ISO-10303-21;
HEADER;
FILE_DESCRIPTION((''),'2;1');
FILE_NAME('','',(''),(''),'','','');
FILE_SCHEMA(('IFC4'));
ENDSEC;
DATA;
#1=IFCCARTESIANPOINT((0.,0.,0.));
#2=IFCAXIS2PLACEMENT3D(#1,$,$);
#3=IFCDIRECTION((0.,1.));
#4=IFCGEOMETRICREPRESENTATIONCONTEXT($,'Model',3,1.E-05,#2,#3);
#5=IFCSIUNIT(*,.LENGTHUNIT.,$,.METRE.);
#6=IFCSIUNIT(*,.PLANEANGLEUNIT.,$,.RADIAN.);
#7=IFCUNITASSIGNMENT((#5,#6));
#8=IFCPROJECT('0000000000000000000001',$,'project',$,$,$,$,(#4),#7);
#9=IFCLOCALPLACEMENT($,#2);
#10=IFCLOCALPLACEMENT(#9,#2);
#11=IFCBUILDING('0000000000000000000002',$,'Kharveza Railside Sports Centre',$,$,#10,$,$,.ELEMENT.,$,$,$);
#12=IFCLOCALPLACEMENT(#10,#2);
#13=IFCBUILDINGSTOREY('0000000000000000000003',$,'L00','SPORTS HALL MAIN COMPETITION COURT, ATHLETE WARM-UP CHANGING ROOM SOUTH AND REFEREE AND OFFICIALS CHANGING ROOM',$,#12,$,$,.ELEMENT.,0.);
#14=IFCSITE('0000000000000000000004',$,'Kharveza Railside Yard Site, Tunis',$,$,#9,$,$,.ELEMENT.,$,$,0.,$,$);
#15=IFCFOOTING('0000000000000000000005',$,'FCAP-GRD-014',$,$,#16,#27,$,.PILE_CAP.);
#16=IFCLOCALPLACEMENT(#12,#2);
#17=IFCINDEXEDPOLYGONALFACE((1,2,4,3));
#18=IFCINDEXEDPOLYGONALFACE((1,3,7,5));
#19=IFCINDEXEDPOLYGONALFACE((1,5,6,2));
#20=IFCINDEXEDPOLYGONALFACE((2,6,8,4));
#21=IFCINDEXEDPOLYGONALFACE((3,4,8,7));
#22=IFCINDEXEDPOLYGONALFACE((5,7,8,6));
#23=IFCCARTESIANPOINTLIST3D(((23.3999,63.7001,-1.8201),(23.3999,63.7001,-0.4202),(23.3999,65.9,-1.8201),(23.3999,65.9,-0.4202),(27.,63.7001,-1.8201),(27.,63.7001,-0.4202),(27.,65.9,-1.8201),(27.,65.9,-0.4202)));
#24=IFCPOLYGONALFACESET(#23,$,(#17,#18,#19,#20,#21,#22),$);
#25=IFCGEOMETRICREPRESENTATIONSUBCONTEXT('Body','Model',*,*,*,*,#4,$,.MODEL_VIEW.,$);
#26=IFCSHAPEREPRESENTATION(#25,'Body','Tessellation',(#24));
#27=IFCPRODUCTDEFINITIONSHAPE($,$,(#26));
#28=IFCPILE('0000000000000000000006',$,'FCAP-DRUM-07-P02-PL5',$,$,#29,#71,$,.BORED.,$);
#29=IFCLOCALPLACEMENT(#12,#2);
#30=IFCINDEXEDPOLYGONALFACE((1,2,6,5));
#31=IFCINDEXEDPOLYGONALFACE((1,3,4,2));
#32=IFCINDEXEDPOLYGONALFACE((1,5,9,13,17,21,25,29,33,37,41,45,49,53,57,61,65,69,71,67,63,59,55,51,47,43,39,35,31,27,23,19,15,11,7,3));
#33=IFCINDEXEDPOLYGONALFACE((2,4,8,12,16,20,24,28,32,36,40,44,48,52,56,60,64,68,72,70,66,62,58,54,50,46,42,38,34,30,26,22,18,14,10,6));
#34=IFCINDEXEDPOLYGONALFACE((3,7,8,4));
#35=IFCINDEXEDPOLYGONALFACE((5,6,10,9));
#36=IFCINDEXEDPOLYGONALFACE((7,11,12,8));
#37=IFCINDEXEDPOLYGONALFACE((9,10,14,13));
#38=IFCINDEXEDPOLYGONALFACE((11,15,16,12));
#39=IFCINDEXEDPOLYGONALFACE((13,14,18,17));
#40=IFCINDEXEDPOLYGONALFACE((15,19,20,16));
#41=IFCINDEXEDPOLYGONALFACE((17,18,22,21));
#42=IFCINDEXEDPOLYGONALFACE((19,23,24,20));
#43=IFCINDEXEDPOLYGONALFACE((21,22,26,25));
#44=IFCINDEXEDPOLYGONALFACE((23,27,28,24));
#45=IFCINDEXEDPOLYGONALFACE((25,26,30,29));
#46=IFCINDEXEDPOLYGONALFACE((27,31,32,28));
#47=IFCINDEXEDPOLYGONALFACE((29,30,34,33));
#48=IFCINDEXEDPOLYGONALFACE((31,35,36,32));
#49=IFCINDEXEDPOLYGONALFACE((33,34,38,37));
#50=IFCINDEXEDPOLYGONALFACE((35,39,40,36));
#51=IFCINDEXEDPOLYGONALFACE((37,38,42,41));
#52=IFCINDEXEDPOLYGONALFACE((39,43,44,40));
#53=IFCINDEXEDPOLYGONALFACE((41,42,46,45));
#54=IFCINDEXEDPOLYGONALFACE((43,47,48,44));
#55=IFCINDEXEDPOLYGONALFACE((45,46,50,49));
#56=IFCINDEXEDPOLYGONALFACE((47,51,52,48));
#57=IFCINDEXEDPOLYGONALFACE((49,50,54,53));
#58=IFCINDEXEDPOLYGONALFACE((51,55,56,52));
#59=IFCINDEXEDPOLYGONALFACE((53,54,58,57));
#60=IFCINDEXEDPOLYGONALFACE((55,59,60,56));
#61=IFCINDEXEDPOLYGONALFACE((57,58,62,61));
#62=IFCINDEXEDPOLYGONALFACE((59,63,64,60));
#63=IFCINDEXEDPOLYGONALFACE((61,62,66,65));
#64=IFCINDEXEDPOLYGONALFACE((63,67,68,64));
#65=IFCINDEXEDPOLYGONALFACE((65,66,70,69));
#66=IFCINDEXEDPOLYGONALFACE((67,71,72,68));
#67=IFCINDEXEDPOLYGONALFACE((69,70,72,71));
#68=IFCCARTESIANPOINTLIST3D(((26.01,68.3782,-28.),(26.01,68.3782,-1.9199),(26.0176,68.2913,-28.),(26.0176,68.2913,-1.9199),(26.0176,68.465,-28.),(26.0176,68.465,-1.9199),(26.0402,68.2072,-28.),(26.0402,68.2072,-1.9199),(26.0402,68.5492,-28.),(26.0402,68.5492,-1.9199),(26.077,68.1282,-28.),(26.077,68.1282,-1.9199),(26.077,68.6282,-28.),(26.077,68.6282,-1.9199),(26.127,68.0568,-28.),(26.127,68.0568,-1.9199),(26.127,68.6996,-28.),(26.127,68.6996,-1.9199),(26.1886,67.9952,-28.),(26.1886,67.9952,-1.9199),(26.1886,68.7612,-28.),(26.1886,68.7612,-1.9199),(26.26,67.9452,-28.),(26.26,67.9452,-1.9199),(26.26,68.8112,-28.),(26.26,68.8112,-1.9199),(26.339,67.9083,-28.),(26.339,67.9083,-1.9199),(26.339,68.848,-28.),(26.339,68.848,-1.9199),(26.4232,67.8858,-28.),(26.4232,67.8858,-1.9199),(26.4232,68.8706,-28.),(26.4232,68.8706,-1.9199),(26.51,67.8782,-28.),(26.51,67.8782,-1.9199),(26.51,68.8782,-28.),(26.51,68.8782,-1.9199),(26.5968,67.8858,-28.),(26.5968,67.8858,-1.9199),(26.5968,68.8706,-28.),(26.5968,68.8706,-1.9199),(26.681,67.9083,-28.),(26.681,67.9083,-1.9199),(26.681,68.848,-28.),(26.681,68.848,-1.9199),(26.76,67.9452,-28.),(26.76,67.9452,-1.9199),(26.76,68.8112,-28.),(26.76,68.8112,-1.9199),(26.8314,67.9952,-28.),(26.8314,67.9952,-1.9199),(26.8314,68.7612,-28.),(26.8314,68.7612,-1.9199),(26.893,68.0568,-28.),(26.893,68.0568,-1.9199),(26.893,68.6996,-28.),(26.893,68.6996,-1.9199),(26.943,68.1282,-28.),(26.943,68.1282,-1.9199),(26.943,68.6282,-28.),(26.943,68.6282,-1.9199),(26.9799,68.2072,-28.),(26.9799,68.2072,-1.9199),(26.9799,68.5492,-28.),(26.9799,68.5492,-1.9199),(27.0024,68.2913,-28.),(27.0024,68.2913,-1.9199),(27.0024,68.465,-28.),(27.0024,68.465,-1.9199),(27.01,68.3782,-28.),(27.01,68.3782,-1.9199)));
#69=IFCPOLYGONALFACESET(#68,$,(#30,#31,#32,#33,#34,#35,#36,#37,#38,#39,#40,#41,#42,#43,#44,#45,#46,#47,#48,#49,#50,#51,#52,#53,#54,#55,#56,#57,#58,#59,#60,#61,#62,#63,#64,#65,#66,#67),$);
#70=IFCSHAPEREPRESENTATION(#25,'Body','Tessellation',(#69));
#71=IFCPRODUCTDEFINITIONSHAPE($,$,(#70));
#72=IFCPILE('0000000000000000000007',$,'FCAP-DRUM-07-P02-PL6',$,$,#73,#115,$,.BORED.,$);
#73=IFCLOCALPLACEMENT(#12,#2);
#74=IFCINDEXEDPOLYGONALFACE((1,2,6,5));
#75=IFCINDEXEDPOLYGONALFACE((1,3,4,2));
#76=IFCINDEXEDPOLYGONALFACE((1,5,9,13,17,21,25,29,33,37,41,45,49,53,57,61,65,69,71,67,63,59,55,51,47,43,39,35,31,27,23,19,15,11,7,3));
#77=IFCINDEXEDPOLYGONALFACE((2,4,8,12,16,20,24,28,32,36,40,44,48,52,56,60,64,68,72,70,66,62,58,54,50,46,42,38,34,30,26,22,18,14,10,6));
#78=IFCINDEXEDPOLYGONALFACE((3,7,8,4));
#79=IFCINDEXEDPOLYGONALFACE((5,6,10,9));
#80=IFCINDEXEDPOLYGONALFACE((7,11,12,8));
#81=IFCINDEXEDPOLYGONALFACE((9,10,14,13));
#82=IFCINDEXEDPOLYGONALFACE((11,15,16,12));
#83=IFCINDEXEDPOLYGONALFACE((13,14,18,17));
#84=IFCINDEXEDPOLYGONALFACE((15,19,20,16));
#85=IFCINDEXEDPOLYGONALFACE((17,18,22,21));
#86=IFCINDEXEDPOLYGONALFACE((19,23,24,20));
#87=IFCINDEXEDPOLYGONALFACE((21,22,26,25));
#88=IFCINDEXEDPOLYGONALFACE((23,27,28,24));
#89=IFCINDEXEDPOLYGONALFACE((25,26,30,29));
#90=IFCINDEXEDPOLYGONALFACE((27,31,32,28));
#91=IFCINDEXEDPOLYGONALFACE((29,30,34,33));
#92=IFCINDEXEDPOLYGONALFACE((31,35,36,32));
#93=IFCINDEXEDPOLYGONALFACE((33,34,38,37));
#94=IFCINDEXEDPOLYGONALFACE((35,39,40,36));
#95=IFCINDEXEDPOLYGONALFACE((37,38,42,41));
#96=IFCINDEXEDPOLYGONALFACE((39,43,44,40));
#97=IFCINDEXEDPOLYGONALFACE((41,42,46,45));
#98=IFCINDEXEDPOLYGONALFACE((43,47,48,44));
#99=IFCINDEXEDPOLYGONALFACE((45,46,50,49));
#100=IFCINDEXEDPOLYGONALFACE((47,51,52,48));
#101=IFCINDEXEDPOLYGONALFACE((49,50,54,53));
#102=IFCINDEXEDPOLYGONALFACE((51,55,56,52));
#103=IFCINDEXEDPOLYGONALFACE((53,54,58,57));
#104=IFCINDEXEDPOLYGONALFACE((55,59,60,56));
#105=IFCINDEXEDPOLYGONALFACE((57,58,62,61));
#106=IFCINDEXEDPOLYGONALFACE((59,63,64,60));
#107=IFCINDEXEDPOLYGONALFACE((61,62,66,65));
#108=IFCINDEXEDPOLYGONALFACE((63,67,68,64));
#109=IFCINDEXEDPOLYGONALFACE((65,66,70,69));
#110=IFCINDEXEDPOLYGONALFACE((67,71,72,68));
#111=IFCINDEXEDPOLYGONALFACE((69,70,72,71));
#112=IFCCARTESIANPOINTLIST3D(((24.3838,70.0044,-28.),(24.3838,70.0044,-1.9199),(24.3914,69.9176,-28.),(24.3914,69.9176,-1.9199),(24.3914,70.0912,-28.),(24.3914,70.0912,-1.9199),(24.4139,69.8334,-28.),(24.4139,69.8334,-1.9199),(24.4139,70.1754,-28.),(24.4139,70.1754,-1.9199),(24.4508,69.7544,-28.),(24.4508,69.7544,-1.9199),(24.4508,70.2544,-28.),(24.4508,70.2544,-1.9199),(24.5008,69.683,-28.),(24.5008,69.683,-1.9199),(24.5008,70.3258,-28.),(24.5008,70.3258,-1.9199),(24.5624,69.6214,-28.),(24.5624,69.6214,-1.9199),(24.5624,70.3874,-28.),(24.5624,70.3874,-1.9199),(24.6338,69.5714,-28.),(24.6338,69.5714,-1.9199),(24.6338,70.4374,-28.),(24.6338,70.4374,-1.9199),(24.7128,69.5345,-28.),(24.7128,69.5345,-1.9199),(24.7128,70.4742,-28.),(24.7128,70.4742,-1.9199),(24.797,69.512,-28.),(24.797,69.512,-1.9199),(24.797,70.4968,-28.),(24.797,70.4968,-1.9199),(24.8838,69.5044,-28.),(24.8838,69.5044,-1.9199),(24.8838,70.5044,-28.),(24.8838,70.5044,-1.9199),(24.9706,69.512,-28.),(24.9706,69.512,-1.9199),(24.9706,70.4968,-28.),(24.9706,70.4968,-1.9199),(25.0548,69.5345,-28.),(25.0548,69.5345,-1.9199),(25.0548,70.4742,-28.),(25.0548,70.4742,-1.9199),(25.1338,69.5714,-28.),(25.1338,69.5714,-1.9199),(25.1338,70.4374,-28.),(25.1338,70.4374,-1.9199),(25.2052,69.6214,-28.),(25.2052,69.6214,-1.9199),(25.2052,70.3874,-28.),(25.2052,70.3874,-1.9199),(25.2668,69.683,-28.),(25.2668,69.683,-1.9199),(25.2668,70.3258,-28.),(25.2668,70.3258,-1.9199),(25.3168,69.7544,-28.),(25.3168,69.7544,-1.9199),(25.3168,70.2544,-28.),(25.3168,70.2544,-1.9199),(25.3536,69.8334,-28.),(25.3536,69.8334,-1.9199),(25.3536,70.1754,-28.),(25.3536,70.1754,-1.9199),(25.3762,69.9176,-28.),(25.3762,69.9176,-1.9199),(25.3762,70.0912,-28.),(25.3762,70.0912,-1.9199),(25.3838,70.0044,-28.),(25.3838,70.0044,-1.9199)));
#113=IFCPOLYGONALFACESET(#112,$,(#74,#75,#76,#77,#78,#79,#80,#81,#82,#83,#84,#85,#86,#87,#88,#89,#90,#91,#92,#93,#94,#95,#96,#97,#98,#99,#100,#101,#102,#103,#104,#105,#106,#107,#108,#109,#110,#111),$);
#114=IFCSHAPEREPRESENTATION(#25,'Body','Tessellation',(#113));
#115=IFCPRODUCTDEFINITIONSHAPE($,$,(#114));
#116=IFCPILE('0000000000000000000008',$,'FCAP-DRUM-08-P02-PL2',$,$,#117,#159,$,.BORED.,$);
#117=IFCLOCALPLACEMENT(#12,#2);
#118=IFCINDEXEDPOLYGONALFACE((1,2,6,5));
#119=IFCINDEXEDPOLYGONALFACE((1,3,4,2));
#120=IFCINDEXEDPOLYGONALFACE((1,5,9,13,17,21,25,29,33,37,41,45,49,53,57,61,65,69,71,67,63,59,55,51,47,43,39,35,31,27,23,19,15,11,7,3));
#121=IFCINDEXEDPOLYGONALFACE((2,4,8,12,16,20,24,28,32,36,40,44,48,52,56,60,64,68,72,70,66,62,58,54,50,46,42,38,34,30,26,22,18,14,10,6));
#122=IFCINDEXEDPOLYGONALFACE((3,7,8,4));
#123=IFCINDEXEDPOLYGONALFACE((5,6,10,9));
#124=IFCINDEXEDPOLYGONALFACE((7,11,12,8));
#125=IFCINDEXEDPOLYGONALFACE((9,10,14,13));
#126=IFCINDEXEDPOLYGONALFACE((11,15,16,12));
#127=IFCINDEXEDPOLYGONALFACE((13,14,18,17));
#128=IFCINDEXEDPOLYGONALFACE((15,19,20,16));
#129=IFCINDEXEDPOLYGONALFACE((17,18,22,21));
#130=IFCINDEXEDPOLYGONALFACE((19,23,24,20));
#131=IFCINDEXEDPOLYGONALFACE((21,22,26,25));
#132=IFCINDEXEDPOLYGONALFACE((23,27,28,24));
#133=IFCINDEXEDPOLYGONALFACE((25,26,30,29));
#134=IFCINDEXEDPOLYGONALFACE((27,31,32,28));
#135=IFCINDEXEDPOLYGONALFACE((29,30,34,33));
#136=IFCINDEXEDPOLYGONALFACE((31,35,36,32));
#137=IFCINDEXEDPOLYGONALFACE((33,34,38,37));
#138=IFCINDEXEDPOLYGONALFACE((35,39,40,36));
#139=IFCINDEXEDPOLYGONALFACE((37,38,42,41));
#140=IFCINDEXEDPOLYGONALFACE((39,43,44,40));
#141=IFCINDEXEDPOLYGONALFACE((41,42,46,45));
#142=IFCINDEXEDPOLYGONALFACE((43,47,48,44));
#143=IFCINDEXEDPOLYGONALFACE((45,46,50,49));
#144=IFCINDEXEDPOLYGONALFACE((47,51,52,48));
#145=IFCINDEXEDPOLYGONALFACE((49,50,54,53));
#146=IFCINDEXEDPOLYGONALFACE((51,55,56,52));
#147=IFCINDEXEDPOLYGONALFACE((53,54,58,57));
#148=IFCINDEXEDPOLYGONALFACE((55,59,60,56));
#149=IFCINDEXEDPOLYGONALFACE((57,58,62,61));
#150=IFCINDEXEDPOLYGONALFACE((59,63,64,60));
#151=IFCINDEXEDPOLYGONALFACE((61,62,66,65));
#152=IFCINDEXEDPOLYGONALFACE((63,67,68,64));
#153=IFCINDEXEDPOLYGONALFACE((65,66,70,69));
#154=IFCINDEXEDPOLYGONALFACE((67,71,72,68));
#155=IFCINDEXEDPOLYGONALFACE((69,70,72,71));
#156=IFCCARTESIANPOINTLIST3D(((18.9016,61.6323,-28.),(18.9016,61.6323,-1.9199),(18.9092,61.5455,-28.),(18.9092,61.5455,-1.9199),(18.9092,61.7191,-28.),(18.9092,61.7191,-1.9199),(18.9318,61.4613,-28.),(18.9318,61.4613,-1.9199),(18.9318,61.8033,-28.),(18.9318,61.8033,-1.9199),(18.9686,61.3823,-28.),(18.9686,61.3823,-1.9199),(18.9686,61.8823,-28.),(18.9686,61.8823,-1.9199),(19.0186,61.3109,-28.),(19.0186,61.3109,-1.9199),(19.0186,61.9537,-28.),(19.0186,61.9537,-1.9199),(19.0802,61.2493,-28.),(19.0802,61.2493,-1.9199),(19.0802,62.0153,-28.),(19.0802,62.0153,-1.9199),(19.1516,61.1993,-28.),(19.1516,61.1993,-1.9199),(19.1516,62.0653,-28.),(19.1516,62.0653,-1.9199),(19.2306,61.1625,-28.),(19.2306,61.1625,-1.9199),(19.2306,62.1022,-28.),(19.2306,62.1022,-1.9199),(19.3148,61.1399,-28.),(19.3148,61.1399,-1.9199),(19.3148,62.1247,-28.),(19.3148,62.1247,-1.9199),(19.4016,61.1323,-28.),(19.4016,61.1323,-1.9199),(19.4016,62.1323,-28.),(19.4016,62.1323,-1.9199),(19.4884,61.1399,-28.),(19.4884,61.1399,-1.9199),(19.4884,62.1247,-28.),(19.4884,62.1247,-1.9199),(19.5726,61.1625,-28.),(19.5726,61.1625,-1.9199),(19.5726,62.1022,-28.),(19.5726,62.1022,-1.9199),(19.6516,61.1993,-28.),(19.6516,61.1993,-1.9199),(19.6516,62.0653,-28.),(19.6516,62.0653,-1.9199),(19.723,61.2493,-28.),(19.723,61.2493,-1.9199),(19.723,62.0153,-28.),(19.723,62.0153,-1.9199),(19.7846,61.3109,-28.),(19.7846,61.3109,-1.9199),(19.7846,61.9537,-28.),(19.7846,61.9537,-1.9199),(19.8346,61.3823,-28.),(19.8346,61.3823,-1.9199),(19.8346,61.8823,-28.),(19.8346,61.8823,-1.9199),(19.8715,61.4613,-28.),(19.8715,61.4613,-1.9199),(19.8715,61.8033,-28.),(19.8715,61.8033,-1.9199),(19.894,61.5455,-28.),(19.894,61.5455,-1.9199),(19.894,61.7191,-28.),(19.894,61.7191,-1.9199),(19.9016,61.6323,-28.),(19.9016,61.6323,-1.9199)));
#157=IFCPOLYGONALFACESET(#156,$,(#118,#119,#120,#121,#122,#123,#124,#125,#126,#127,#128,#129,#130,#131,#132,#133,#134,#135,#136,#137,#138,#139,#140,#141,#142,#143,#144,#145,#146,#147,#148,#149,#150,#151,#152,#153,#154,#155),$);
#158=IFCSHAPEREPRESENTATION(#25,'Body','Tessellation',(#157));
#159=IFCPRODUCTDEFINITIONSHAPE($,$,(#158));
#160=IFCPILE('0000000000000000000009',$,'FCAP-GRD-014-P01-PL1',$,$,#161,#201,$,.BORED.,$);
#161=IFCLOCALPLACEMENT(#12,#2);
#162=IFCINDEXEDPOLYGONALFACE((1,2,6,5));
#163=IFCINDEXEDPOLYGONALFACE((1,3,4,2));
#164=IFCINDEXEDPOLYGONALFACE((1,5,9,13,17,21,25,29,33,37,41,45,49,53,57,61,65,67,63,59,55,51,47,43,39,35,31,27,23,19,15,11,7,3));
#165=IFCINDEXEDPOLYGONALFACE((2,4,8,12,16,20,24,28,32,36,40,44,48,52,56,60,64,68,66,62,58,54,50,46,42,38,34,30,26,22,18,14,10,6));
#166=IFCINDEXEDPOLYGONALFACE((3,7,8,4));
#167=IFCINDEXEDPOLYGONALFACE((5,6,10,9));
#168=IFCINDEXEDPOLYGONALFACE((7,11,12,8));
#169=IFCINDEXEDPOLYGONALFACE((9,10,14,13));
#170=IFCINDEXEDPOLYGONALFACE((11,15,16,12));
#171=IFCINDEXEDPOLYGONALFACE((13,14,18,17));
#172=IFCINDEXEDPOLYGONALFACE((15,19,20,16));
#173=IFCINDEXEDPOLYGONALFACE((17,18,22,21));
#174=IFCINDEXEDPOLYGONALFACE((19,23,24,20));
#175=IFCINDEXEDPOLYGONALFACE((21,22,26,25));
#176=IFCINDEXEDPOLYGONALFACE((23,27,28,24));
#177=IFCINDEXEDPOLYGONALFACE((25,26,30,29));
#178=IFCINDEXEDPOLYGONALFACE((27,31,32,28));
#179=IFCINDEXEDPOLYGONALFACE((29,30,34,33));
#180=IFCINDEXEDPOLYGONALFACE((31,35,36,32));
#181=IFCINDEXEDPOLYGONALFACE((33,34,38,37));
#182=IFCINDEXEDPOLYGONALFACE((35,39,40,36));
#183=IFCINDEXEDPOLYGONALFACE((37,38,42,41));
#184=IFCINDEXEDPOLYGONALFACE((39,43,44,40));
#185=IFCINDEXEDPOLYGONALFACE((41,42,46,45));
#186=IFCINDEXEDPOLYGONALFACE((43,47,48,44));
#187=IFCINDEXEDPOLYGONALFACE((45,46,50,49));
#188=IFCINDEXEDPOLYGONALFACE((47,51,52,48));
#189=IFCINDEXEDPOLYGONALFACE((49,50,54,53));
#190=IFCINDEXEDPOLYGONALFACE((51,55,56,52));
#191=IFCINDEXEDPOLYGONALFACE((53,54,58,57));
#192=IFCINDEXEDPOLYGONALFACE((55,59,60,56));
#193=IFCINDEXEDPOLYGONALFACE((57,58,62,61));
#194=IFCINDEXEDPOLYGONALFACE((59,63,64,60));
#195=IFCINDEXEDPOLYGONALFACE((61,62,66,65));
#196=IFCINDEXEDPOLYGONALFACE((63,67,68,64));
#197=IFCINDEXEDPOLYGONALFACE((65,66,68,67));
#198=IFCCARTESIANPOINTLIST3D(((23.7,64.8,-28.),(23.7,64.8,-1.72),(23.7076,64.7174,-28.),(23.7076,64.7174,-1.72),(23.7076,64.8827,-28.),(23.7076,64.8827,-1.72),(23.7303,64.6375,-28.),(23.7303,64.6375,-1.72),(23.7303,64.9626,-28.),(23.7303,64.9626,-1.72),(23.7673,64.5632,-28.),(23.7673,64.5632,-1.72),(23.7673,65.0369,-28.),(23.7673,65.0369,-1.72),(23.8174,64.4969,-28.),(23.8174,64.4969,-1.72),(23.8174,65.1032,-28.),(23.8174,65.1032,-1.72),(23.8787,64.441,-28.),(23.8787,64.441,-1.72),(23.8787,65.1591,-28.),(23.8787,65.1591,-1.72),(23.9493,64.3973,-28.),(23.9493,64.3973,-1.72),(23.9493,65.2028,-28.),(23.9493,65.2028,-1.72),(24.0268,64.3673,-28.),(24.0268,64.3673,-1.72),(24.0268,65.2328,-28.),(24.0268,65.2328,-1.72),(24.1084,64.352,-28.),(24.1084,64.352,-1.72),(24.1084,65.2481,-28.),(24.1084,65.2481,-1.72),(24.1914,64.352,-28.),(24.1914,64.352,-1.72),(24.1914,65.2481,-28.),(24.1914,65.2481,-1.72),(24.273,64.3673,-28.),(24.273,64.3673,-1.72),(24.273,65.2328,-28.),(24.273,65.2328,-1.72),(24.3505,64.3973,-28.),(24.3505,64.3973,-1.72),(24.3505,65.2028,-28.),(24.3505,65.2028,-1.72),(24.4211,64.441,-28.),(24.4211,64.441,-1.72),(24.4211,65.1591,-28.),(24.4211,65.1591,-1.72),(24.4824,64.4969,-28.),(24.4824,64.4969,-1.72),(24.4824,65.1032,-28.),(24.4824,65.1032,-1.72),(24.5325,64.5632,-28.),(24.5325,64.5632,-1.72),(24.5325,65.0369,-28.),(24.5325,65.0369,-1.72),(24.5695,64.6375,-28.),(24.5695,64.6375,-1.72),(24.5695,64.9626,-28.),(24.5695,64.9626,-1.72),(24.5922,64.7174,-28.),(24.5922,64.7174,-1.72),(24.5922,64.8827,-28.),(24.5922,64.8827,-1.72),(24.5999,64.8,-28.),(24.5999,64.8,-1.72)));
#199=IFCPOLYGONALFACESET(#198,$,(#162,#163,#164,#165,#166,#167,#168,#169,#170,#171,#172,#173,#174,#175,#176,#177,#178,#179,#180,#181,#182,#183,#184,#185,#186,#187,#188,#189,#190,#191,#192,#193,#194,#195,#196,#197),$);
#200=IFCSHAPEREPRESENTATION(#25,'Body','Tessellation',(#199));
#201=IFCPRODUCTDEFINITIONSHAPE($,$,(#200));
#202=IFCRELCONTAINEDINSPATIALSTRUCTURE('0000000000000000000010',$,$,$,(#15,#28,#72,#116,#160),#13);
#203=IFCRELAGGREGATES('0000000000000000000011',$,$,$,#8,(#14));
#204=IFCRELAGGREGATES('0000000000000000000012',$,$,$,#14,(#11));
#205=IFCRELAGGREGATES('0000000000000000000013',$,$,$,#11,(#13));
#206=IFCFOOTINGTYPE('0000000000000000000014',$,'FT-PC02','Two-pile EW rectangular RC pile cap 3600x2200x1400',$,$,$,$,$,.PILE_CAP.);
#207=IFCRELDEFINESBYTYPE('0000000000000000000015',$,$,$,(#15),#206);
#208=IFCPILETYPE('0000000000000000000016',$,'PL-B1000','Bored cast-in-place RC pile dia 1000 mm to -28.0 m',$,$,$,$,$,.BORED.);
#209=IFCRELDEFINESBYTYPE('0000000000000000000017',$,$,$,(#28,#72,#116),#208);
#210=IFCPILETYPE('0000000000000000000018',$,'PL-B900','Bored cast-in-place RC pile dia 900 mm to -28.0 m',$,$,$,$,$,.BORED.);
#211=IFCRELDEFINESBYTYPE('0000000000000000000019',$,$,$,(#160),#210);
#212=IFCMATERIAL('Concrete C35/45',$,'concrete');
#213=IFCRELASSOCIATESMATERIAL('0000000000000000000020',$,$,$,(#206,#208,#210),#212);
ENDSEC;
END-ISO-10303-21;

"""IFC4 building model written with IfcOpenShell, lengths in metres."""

from ifc_helpers import new_model, si_unit, direction, frame, origin, origin_2d, place, context, subcontext, project, spatial, rectangle, circle, extrude, material, material_profile, profile_set, type_object, element, save


model = new_model("IFC4")

# Units and contexts
model_context = context("Model", 3, precision=1e-05, world=origin(), true_north=direction((0.0, 1.0)))
body_context = subcontext(model_context, "Body", "Model", "MODEL_VIEW")
ifc_project = project(units=[si_unit("LENGTHUNIT", "METRE"), si_unit("PLANEANGLEUNIT", "RADIAN")], contexts=[model_context])

# Site, building, storey
site_placement = place(None, origin())
site = spatial("IfcSite", under=ifc_project, at=site_placement, Name="Kharveza Railside Yard Site, Tunis", CompositionType="ELEMENT", RefElevation=0.0)
building_placement = place(site_placement, origin())
building = spatial("IfcBuilding", under=site, at=building_placement, Name="Kharveza Railside Sports Centre", CompositionType="ELEMENT")
storey_placement = place(building_placement, origin())
storey = spatial("IfcBuildingStorey", under=building, at=storey_placement, Name="L00", Description="SPORTS HALL MAIN COMPETITION COURT, ATHLETE WARM-UP CHANGING ROOM SOUTH AND REFEREE AND OFFICIALS CHANGING ROOM", CompositionType="ELEMENT", Elevation=0.0)

# Footing
ifc_material_1 = material(Name="Concrete C35/45", Category="concrete")
footing_type = type_object("IfcFootingType", Name="FT-PC02", Description="Two-pile EW rectangular RC pile cap 3600x2200x1400", PredefinedType="PILE_CAP", material=ifc_material_1)
footing_placement = place(storey_placement, frame((25.2, 64.8, -1.8201), z_axis=(0.0, 0.0, 1.0), x_axis=(1.0, 0.0, 0.0)))
element("IfcFooting", 1, at=footing_placement, inside=storey, type_object=footing_type, Name="FCAP-GRD-014", PredefinedType="PILE_CAP", context=body_context, shape_type="SweptSolid", body=[
    extrude(rectangle(XDim=3.6001, YDim=2.2, at=origin_2d()), origin(), (0.0, 0.0, 1.0), 1.3999),
])

# Piles
ifc_material_profile_1 = material_profile(ifc_material_1, circle(Radius=0.5, at=origin_2d()), Name="PILE D1000")
ifc_profile_set_1 = profile_set([ifc_material_profile_1], Name="Concrete C35/45")
pile_type_1 = type_object("IfcPileType", Name="PL-B1000", Description="Bored cast-in-place RC pile dia 1000 mm to -28.0 m", PredefinedType="BORED", material=ifc_profile_set_1)
for number, where, z_axis, x_axis, name in (
    (2, (26.51, 68.3782, -1.9199), (0.0, 0.0, -1.0), (1.0, 0.0, 0.0), "FCAP-DRUM-07-P02-PL5"),
    (3, (24.8838, 70.0044, -1.9199), (0.0, 0.0, -1.0), (1.0, 0.0, 0.0), "FCAP-DRUM-07-P02-PL6"),
    (4, (19.4016, 61.6323, -1.9199), (0.0, 0.0, -1.0), (1.0, 0.0, 0.0), "FCAP-DRUM-08-P02-PL2"),
):
    element("IfcPile", number, at=place(storey_placement, frame(where, z_axis=z_axis, x_axis=x_axis)), inside=storey, type_object=pile_type_1, Name=name, PredefinedType="BORED", context=body_context, shape_type="SweptSolid", body=[
        extrude(circle(Radius=0.5, at=origin_2d()), origin(), (0.0, 0.0, 1.0), 26.0801),
    ])
ifc_material_profile_2 = material_profile(ifc_material_1, circle(Radius=0.45, at=origin_2d()), Name="PILE D900")
ifc_profile_set_2 = profile_set([ifc_material_profile_2], Name="Concrete C35/45")
pile_type_2 = type_object("IfcPileType", Name="PL-B900", Description="Bored cast-in-place RC pile dia 900 mm to -28.0 m", PredefinedType="BORED", material=ifc_profile_set_2)
for number, where, z_axis, x_axis, name in (
    (5, (24.1499, 64.8, -1.72), (0.0, 0.0, -1.0), (1.0, 0.0, 0.0), "FCAP-GRD-014-P01-PL1"),
):
    element("IfcPile", number, at=place(storey_placement, frame(where, z_axis=z_axis, x_axis=x_axis)), inside=storey, type_object=pile_type_2, Name=name, PredefinedType="BORED", context=body_context, shape_type="SweptSolid", body=[
        extrude(circle(Radius=0.45, at=origin_2d()), origin(), (0.0, 0.0, 1.0), 26.28),
    ])

save(model, "model.ifc")
